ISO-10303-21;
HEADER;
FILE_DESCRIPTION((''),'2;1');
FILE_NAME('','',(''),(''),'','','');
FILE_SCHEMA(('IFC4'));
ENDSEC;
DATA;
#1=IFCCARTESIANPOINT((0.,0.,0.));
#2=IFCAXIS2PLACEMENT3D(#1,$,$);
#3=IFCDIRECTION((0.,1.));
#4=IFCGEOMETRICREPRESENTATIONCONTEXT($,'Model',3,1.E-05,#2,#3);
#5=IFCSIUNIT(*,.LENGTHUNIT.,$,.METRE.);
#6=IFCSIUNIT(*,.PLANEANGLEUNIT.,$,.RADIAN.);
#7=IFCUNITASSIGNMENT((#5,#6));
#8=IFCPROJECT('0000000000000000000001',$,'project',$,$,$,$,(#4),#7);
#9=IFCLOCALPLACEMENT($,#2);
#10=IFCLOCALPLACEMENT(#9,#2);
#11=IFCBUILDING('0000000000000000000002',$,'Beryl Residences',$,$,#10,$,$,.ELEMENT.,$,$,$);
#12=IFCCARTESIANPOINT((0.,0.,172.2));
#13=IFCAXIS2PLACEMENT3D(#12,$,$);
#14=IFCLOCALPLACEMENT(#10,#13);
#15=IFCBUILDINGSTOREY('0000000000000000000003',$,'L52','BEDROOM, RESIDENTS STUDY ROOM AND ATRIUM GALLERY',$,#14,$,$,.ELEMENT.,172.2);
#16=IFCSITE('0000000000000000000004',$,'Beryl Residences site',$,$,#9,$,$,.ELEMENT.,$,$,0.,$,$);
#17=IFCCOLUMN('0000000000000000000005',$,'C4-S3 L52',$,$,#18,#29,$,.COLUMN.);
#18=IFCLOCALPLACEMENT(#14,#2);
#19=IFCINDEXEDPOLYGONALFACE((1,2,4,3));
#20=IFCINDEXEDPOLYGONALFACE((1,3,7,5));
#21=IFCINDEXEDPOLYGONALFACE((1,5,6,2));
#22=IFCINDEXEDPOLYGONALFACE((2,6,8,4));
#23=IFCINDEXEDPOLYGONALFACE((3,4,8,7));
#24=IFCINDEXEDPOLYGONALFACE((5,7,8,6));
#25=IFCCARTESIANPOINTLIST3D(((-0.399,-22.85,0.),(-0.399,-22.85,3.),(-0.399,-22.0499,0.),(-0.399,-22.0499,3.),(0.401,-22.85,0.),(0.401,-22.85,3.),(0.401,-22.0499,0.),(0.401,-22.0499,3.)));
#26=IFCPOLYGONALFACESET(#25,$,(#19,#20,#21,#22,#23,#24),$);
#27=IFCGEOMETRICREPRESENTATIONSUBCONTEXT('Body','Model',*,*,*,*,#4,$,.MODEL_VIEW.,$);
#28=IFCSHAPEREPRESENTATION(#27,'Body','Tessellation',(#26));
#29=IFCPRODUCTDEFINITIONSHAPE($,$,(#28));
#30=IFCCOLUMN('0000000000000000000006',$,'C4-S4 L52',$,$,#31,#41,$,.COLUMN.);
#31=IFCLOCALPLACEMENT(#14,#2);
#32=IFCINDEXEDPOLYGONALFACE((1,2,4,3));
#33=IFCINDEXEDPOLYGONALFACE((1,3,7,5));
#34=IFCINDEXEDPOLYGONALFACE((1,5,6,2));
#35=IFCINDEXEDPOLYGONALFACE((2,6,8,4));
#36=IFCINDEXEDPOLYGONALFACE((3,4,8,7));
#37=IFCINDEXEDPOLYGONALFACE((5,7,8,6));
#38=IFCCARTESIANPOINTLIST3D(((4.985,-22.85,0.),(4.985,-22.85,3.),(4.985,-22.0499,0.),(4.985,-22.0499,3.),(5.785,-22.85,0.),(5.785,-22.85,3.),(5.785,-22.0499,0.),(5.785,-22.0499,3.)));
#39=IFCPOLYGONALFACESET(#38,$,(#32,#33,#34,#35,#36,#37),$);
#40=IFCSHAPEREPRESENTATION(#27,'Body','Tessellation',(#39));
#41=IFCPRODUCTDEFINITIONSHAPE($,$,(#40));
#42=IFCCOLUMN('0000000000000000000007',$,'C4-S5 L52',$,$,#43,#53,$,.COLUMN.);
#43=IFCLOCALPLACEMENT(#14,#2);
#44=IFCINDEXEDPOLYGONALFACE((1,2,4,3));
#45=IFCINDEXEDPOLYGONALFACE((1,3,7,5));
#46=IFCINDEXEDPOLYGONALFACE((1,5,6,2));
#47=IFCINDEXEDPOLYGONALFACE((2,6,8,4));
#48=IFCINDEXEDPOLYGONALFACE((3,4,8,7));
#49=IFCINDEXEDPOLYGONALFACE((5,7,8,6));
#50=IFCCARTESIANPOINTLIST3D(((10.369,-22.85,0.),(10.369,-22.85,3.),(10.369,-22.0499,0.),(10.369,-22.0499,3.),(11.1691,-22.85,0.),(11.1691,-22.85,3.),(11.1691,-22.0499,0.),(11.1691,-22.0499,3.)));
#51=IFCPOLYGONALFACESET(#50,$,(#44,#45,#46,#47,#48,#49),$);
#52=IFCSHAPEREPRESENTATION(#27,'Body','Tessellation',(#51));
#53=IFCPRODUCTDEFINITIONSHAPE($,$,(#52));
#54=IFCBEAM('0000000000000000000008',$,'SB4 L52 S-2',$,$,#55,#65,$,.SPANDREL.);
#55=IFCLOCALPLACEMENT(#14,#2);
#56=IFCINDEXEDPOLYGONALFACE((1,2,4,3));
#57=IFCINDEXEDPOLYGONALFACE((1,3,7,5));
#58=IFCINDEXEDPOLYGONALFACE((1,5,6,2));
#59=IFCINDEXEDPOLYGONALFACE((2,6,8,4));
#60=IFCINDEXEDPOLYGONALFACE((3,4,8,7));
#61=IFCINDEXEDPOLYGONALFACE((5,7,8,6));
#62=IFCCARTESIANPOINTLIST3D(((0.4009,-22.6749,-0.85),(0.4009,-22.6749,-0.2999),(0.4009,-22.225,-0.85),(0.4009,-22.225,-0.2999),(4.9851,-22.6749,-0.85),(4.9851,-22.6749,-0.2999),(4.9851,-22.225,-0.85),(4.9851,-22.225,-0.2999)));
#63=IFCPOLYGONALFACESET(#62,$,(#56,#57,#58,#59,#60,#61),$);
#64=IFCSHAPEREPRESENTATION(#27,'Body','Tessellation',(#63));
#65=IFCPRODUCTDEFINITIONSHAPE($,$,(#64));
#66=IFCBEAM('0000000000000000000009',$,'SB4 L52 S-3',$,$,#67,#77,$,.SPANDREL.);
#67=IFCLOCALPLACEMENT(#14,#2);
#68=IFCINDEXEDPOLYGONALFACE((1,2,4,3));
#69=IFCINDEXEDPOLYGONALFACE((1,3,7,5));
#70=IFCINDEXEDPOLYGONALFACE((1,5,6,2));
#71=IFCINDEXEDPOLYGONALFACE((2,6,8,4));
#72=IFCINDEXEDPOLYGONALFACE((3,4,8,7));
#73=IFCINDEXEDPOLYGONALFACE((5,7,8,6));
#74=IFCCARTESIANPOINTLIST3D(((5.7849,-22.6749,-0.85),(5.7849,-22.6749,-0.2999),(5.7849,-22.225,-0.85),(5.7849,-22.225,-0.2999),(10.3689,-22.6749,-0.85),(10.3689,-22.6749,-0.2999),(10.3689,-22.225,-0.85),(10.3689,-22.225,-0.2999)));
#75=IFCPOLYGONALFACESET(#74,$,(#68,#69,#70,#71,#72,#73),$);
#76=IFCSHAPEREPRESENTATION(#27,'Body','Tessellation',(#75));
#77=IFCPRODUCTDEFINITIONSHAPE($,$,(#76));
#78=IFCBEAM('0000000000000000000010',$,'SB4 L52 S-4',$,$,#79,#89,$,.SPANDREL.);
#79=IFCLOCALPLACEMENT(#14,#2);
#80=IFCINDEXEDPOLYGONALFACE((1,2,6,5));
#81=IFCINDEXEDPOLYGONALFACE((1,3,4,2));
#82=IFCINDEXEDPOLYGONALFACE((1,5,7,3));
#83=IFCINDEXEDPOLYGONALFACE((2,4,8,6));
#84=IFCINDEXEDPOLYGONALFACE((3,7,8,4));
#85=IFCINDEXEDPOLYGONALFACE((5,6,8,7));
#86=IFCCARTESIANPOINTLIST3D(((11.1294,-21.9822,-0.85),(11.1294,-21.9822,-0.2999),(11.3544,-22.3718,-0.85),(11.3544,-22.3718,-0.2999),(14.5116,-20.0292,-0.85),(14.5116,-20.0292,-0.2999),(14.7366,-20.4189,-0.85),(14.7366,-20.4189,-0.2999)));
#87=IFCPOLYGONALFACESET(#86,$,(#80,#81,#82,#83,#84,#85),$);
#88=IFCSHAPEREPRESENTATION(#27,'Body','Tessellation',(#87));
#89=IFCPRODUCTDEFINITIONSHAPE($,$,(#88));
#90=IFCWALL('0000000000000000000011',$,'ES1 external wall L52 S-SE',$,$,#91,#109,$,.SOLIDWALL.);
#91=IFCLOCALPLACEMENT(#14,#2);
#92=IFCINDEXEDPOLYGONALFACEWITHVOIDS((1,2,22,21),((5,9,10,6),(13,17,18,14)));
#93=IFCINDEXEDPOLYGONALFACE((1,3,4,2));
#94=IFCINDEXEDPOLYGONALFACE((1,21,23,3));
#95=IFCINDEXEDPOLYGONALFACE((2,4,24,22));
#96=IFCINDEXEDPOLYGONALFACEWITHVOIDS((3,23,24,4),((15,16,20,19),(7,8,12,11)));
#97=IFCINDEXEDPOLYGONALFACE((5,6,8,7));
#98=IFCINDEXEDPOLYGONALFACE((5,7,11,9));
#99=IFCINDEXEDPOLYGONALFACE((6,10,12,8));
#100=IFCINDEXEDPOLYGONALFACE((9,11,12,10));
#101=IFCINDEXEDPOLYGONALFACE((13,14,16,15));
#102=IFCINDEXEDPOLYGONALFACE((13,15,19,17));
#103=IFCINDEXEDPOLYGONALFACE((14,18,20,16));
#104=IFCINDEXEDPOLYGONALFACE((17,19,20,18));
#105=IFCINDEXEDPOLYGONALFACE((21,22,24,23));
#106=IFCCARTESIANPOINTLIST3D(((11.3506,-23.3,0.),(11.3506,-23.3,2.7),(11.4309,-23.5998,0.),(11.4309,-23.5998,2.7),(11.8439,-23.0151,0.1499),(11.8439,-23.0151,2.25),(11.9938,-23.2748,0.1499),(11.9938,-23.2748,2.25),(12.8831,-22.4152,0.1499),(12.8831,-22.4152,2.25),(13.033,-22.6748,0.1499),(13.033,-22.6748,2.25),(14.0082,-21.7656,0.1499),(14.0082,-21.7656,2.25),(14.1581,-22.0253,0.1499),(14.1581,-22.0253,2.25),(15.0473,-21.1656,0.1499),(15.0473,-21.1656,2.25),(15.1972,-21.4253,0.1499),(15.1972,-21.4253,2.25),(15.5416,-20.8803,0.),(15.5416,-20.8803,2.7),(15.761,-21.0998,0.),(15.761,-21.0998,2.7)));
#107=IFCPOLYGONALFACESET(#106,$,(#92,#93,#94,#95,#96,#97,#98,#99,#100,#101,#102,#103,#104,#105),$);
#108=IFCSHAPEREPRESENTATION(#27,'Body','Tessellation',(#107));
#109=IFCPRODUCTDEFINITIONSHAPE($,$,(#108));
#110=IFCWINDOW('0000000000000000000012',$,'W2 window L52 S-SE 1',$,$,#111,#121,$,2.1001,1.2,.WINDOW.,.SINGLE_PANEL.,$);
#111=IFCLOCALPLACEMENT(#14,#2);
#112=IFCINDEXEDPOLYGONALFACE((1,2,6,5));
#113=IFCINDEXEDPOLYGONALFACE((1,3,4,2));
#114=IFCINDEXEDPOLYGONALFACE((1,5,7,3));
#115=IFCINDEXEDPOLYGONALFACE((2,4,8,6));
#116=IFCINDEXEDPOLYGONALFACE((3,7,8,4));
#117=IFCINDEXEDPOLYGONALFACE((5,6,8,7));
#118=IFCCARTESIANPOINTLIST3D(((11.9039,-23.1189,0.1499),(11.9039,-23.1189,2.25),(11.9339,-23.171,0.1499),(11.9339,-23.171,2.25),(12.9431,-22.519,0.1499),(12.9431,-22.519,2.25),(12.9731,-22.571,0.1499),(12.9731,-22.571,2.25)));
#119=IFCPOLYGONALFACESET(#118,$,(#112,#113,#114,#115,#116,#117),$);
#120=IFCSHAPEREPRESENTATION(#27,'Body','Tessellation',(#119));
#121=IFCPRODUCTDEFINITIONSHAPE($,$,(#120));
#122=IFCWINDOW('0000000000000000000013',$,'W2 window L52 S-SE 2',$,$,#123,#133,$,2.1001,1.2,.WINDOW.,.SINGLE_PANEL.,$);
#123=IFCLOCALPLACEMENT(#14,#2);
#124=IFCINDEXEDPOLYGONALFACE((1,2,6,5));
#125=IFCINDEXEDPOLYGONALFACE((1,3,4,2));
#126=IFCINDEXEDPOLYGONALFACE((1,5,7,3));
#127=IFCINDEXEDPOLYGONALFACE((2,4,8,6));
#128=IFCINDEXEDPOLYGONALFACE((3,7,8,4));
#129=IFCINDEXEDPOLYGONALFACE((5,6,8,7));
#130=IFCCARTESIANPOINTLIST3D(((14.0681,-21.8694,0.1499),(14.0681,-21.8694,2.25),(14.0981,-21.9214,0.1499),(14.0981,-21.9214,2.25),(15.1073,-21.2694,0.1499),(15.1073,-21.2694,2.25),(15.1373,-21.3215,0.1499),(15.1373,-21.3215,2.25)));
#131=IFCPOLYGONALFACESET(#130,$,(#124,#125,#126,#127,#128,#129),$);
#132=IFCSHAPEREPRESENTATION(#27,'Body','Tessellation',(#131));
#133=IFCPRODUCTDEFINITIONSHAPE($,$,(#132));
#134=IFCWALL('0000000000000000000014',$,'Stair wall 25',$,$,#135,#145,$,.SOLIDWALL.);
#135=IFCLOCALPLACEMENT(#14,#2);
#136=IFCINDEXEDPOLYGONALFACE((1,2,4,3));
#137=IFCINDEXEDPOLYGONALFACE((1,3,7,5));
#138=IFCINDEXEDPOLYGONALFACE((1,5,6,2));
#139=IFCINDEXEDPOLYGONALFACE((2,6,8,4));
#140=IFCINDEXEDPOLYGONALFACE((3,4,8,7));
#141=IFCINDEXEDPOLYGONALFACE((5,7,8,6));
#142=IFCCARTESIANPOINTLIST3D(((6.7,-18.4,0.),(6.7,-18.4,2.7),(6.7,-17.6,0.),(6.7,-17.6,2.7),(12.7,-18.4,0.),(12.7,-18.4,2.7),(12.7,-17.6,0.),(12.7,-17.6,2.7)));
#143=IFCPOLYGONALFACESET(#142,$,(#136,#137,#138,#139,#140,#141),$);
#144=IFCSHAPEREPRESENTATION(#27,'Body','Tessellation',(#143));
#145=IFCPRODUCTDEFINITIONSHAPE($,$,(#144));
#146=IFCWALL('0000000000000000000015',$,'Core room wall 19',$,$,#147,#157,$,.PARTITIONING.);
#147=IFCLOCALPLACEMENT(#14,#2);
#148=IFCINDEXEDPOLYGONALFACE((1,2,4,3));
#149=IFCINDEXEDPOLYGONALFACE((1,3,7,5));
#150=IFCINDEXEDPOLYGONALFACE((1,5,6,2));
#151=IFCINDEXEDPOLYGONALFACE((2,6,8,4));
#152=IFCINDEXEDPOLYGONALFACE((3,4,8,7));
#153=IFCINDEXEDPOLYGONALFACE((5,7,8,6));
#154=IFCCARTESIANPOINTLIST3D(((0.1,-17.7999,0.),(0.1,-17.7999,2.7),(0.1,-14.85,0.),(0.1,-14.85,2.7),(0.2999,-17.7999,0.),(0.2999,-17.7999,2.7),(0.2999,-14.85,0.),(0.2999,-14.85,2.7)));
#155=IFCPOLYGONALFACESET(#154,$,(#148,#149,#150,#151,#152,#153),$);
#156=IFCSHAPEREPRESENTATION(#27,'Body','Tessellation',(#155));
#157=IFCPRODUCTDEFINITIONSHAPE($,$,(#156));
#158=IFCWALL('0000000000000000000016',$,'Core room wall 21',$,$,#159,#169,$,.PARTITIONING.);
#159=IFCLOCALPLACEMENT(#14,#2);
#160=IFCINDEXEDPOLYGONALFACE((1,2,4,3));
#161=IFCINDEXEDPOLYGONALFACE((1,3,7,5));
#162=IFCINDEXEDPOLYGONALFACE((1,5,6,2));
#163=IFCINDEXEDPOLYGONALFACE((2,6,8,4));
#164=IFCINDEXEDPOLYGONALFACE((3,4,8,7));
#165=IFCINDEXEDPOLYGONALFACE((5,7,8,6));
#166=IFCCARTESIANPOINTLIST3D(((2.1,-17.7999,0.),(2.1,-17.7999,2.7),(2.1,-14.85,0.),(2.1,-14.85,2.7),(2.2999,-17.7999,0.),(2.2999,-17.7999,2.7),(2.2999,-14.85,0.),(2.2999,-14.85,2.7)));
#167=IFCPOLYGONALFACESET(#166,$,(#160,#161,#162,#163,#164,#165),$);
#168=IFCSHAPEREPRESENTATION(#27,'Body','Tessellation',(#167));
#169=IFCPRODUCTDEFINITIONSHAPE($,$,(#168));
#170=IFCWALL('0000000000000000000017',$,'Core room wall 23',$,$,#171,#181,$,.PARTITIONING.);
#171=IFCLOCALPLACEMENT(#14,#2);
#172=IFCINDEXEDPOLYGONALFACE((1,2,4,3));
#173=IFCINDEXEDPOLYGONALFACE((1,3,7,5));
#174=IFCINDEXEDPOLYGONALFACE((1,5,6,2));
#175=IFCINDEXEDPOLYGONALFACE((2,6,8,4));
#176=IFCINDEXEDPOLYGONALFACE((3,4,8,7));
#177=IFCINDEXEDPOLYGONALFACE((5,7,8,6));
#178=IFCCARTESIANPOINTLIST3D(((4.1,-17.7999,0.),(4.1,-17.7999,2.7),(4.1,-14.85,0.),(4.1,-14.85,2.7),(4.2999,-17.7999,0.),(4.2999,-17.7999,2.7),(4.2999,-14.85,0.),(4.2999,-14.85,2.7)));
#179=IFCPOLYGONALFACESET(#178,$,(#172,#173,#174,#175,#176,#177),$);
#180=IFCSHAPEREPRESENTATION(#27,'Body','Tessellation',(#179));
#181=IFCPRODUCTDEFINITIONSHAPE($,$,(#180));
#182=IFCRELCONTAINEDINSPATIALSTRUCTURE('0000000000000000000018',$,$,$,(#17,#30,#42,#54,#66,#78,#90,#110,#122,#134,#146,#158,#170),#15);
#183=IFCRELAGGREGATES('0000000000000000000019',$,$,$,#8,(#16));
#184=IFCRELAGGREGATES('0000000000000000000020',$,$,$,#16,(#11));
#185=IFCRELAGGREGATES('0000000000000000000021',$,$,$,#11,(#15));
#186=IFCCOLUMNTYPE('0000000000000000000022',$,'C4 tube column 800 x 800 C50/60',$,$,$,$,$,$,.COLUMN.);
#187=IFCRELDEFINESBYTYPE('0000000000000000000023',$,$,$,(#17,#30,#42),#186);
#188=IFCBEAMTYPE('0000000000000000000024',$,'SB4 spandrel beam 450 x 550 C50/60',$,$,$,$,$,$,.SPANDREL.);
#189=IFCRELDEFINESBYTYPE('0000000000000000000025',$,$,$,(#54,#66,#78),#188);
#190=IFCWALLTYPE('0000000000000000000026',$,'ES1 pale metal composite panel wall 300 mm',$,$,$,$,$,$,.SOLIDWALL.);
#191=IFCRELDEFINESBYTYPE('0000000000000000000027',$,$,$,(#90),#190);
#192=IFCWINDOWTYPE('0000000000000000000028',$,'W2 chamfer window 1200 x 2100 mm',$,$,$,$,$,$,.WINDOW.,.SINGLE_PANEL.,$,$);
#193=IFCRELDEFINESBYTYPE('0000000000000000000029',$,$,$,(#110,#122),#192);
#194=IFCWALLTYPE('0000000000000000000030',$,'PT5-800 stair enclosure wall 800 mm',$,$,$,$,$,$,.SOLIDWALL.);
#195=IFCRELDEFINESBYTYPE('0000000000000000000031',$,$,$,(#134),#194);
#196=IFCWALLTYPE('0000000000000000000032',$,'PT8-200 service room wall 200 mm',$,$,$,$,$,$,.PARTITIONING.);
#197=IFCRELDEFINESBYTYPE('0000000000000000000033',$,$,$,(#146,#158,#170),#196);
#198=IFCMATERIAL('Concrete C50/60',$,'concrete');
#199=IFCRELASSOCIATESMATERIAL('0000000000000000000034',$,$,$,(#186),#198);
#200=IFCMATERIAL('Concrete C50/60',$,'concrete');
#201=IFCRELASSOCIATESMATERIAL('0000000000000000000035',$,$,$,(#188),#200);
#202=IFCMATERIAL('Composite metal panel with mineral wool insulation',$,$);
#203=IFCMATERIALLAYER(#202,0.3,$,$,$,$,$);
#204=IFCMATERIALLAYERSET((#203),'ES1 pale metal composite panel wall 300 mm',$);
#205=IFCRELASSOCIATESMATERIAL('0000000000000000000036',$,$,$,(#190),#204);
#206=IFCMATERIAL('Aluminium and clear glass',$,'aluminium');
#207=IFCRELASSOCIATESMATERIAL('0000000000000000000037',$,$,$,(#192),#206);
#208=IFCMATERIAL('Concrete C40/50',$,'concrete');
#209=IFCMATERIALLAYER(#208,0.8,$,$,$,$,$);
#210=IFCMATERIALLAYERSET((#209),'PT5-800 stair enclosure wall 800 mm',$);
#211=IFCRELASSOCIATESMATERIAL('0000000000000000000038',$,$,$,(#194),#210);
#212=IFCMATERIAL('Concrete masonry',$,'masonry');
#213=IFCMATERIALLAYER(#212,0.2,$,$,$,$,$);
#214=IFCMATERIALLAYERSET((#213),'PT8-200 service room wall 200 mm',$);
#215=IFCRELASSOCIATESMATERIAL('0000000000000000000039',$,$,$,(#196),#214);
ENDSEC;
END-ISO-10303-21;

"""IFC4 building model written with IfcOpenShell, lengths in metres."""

from ifc_helpers import new_model, si_unit, direction, frame, frame_2d, origin, origin_2d, place, context, subcontext, project, spatial, polyline, rectangle, outline, extrude, material, layer, layer_set, material_profile, profile_set, type_object, element, fill, save


model = new_model("IFC4")

# Units and contexts
model_context = context("Model", 3, precision=1e-05, world=origin(), true_north=direction((0.0, 1.0)))
body_context = subcontext(model_context, "Body", "Model", "MODEL_VIEW")
ifc_project = project(units=[si_unit("LENGTHUNIT", "METRE"), si_unit("PLANEANGLEUNIT", "RADIAN")], contexts=[model_context])

# Site, building, storey
site_placement = place(None, origin())
site = spatial("IfcSite", under=ifc_project, at=site_placement, Name="Beryl Residences site", CompositionType="ELEMENT", RefElevation=0.0)
building_placement = place(site_placement, origin())
building = spatial("IfcBuilding", under=site, at=building_placement, Name="Beryl Residences", CompositionType="ELEMENT")
storey_placement = place(building_placement, frame((0.0, 0.0, 172.2)))
storey = spatial("IfcBuildingStorey", under=building, at=storey_placement, Name="L52", Description="BEDROOM, RESIDENTS STUDY ROOM AND ATRIUM GALLERY", CompositionType="ELEMENT", Elevation=172.2)

# Columns
ifc_material_1 = material(Name="Concrete C50/60", Category="concrete")
ifc_material_profile_1 = material_profile(ifc_material_1, rectangle(XDim=0.8, YDim=0.8, at=origin_2d()))
ifc_profile_set_1 = profile_set([ifc_material_profile_1], Name="Concrete C50/60")
column_type = type_object("IfcColumnType", Name="C4 tube column 800 x 800 C50/60", PredefinedType="COLUMN", material=ifc_profile_set_1)
for number, where, z_axis, x_axis, name in (
    (1, (0.001, -22.45, 0.0), (0.0, 0.0, 1.0), (1.0, 0.0, 0.0), "C4-S3 L52"),
    (2, (5.385, -22.45, 0.0), (0.0, 0.0, 1.0), (1.0, 0.0, 0.0), "C4-S4 L52"),
    (3, (10.769, -22.45, 0.0), (0.0, 0.0, 1.0), (1.0, 0.0, 0.0), "C4-S5 L52"),
):
    element("IfcColumn", number, at=place(storey_placement, frame(where, z_axis=z_axis, x_axis=x_axis)), inside=storey, type_object=column_type, Name=name, PredefinedType="COLUMN", context=body_context, shape_type="SweptSolid", body=[
        extrude(rectangle(XDim=0.8, YDim=0.8, at=origin_2d()), origin(), (0.0, 0.0, 1.0), 3.0),
    ])

# Beams
ifc_material_2 = material(Name="Concrete C50/60", Category="concrete")
ifc_material_profile_2 = material_profile(ifc_material_2, rectangle(XDim=0.45, YDim=0.55, at=origin_2d()))
ifc_profile_set_2 = profile_set([ifc_material_profile_2], Name="Concrete C50/60")
beam_type = type_object("IfcBeamType", Name="SB4 spandrel beam 450 x 550 C50/60", PredefinedType="SPANDREL", material=ifc_profile_set_2)
beam_1_placement = place(storey_placement, frame((0.4009, -22.45, -0.575), z_axis=(1.0, 0.0, 0.0), x_axis=(0.0, 1.0, 0.0)))
element("IfcBeam", 4, at=beam_1_placement, inside=storey, type_object=beam_type, Name="SB4 L52 S-2", PredefinedType="SPANDREL", context=body_context, shape_type="SweptSolid", body=[
    extrude(rectangle(XDim=0.45, YDim=0.55, at=origin_2d()), origin(), (0.0, 0.0, 1.0), 4.5842),
])
beam_2_placement = place(storey_placement, frame((5.7849, -22.45, -0.575), z_axis=(1.0, 0.0, 0.0), x_axis=(0.0, 1.0, 0.0)))
element("IfcBeam", 5, at=beam_2_placement, inside=storey, type_object=beam_type, Name="SB4 L52 S-3", PredefinedType="SPANDREL", context=body_context, shape_type="SweptSolid", body=[
    extrude(rectangle(XDim=0.45, YDim=0.55, at=origin_2d()), origin(), (0.0, 0.0, 1.0), 4.584),
])
beam_3_placement = place(storey_placement, frame((11.2419, -22.177, -0.575), z_axis=(0.865999, 0.500045, 0.0), x_axis=(-0.500045, 0.865999, 0.0)))
element("IfcBeam", 6, at=beam_3_placement, inside=storey, type_object=beam_type, Name="SB4 L52 S-4", PredefinedType="SPANDREL", context=body_context, shape_type="SweptSolid", body=[
    extrude(rectangle(XDim=0.45, YDim=0.55, at=origin_2d()), origin(), (0.0, 0.0, 1.0), 3.9055),
])

# Wall, openings, windows
ifc_material_3 = material(Name="Composite metal panel with mineral wool insulation")
ifc_layer_1 = layer(ifc_material_3, 0.3)
ifc_layer_set_1 = layer_set([ifc_layer_1], Name="ES1 pale metal composite panel wall 300 mm")
wall_type_1 = type_object("IfcWallType", Name="ES1 pale metal composite panel wall 300 mm", PredefinedType="SOLIDWALL", material=ifc_layer_set_1)
wall_1_placement = place(storey_placement, frame((11.356, -23.47, 0.0), z_axis=(0.0, 0.0, 1.0), x_axis=(0.866023, 0.500004, 0.0)))
wall_1 = element("IfcWall", 7, at=wall_1_placement, inside=storey, type_object=wall_type_1, Name="ES1 external wall L52 S-SE", PredefinedType="SOLIDWALL", context=body_context, shape_type="SweptSolid", body=[
    extrude(outline(polyline([(0.0, -0.1499), (5.0, -0.1499), (4.9197, 0.1499), (0.0803, 0.1499), (0.0, -0.1499)])), origin(), (0.0, 0.0, 1.0), 2.7),
])
opening_1_placement = place(wall_1_placement, frame((0.6499, 0.0, 0.1499)))
opening_1 = element("IfcOpeningElement", 8, at=opening_1_placement, cuts=wall_1, PredefinedType="OPENING", context=body_context, shape_type="SweptSolid", body=[
    extrude(rectangle(XDim=1.2, YDim=2.1001, at=frame_2d((0.6001, 1.05))), frame((0.0, 0.1599, 0.0), z_axis=(0.0, -1.0, 0.0), x_axis=(1.0, 0.0, 0.0)), (0.0, 0.0, 1.0), 0.3201),
])
opening_2_placement = place(wall_1_placement, frame((3.1489, 0.0, 0.1499)))
opening_2 = element("IfcOpeningElement", 9, at=opening_2_placement, cuts=wall_1, PredefinedType="OPENING", context=body_context, shape_type="SweptSolid", body=[
    extrude(rectangle(XDim=1.2, YDim=2.1001, at=frame_2d((0.6001, 1.05))), frame((0.0, 0.1599, 0.0), z_axis=(0.0, -1.0, 0.0), x_axis=(1.0, 0.0, 0.0)), (0.0, 0.0, 1.0), 0.3201),
])
ifc_material_4 = material(Name="Aluminium and clear glass", Category="aluminium")
window_type = type_object("IfcWindowType", Name="W2 chamfer window 1200 x 2100 mm", PartitioningType="SINGLE_PANEL", PredefinedType="WINDOW", material=ifc_material_4)
window_1_placement = place(opening_1_placement, origin())
window_1 = element("IfcWindow", 10, at=window_1_placement, inside=storey, type_object=window_type, Name="W2 window L52 S-SE 1", OverallHeight=2.1001, OverallWidth=1.2, PartitioningType="SINGLE_PANEL", PredefinedType="WINDOW", context=body_context, shape_type="SweptSolid", body=[
    extrude(rectangle(XDim=1.2, YDim=2.1001, at=frame_2d((0.6001, 1.05))), frame((0.0, 0.03, 0.0), z_axis=(0.0, -1.0, 0.0), x_axis=(1.0, 0.0, 0.0)), (0.0, 0.0, 1.0), 0.0601),
])
fill(opening_1, window_1)
window_2_placement = place(opening_2_placement, origin())
window_2 = element("IfcWindow", 11, at=window_2_placement, inside=storey, type_object=window_type, Name="W2 window L52 S-SE 2", OverallHeight=2.1001, OverallWidth=1.2, PartitioningType="SINGLE_PANEL", PredefinedType="WINDOW", context=body_context, shape_type="SweptSolid", body=[
    extrude(rectangle(XDim=1.2, YDim=2.1001, at=frame_2d((0.6001, 1.05))), frame((0.0, 0.03, 0.0), z_axis=(0.0, -1.0, 0.0), x_axis=(1.0, 0.0, 0.0)), (0.0, 0.0, 1.0), 0.0601),
])
fill(opening_2, window_2)

# Walls
ifc_material_5 = material(Name="Concrete C40/50", Category="concrete")
ifc_layer_2 = layer(ifc_material_5, 0.8)
ifc_layer_set_2 = layer_set([ifc_layer_2], Name="PT5-800 stair enclosure wall 800 mm")
wall_type_2 = type_object("IfcWallType", Name="PT5-800 stair enclosure wall 800 mm", PredefinedType="SOLIDWALL", material=ifc_layer_set_2)
wall_2_placement = place(storey_placement, frame((6.7, -18.0, 0.0), z_axis=(0.0, 0.0, 1.0), x_axis=(1.0, 0.0, 0.0)))
element("IfcWall", 12, at=wall_2_placement, inside=storey, type_object=wall_type_2, Name="Stair wall 25", PredefinedType="SOLIDWALL", context=body_context, shape_type="SweptSolid", body=[
    extrude(rectangle(XDim=6.0, YDim=0.8, at=frame_2d((3.0, 0.0))), origin(), (0.0, 0.0, 1.0), 2.7),
])
ifc_material_6 = material(Name="Concrete masonry", Category="masonry")
ifc_layer_3 = layer(ifc_material_6, 0.2)
ifc_layer_set_3 = layer_set([ifc_layer_3], Name="PT8-200 service room wall 200 mm")
wall_type_3 = type_object("IfcWallType", Name="PT8-200 service room wall 200 mm", PredefinedType="PARTITIONING", material=ifc_layer_set_3)
for number, where, z_axis, x_axis, name in (
    (13, (0.2, -17.8, 0.0), (0.0, 0.0, 1.0), (0.0, 1.0, 0.0), "Core room wall 19"),
    (14, (2.2, -17.8, 0.0), (0.0, 0.0, 1.0), (0.0, 1.0, 0.0), "Core room wall 21"),
    (15, (4.2, -17.8, 0.0), (0.0, 0.0, 1.0), (0.0, 1.0, 0.0), "Core room wall 23"),
):
    element("IfcWall", number, at=place(storey_placement, frame(where, z_axis=z_axis, x_axis=x_axis)), inside=storey, type_object=wall_type_3, Name=name, PredefinedType="PARTITIONING", context=body_context, shape_type="SweptSolid", body=[
        extrude(rectangle(XDim=2.95, YDim=0.2, at=frame_2d((1.4751, 0.0))), origin(), (0.0, 0.0, 1.0), 2.7),
    ])

save(model, "model.ifc")
